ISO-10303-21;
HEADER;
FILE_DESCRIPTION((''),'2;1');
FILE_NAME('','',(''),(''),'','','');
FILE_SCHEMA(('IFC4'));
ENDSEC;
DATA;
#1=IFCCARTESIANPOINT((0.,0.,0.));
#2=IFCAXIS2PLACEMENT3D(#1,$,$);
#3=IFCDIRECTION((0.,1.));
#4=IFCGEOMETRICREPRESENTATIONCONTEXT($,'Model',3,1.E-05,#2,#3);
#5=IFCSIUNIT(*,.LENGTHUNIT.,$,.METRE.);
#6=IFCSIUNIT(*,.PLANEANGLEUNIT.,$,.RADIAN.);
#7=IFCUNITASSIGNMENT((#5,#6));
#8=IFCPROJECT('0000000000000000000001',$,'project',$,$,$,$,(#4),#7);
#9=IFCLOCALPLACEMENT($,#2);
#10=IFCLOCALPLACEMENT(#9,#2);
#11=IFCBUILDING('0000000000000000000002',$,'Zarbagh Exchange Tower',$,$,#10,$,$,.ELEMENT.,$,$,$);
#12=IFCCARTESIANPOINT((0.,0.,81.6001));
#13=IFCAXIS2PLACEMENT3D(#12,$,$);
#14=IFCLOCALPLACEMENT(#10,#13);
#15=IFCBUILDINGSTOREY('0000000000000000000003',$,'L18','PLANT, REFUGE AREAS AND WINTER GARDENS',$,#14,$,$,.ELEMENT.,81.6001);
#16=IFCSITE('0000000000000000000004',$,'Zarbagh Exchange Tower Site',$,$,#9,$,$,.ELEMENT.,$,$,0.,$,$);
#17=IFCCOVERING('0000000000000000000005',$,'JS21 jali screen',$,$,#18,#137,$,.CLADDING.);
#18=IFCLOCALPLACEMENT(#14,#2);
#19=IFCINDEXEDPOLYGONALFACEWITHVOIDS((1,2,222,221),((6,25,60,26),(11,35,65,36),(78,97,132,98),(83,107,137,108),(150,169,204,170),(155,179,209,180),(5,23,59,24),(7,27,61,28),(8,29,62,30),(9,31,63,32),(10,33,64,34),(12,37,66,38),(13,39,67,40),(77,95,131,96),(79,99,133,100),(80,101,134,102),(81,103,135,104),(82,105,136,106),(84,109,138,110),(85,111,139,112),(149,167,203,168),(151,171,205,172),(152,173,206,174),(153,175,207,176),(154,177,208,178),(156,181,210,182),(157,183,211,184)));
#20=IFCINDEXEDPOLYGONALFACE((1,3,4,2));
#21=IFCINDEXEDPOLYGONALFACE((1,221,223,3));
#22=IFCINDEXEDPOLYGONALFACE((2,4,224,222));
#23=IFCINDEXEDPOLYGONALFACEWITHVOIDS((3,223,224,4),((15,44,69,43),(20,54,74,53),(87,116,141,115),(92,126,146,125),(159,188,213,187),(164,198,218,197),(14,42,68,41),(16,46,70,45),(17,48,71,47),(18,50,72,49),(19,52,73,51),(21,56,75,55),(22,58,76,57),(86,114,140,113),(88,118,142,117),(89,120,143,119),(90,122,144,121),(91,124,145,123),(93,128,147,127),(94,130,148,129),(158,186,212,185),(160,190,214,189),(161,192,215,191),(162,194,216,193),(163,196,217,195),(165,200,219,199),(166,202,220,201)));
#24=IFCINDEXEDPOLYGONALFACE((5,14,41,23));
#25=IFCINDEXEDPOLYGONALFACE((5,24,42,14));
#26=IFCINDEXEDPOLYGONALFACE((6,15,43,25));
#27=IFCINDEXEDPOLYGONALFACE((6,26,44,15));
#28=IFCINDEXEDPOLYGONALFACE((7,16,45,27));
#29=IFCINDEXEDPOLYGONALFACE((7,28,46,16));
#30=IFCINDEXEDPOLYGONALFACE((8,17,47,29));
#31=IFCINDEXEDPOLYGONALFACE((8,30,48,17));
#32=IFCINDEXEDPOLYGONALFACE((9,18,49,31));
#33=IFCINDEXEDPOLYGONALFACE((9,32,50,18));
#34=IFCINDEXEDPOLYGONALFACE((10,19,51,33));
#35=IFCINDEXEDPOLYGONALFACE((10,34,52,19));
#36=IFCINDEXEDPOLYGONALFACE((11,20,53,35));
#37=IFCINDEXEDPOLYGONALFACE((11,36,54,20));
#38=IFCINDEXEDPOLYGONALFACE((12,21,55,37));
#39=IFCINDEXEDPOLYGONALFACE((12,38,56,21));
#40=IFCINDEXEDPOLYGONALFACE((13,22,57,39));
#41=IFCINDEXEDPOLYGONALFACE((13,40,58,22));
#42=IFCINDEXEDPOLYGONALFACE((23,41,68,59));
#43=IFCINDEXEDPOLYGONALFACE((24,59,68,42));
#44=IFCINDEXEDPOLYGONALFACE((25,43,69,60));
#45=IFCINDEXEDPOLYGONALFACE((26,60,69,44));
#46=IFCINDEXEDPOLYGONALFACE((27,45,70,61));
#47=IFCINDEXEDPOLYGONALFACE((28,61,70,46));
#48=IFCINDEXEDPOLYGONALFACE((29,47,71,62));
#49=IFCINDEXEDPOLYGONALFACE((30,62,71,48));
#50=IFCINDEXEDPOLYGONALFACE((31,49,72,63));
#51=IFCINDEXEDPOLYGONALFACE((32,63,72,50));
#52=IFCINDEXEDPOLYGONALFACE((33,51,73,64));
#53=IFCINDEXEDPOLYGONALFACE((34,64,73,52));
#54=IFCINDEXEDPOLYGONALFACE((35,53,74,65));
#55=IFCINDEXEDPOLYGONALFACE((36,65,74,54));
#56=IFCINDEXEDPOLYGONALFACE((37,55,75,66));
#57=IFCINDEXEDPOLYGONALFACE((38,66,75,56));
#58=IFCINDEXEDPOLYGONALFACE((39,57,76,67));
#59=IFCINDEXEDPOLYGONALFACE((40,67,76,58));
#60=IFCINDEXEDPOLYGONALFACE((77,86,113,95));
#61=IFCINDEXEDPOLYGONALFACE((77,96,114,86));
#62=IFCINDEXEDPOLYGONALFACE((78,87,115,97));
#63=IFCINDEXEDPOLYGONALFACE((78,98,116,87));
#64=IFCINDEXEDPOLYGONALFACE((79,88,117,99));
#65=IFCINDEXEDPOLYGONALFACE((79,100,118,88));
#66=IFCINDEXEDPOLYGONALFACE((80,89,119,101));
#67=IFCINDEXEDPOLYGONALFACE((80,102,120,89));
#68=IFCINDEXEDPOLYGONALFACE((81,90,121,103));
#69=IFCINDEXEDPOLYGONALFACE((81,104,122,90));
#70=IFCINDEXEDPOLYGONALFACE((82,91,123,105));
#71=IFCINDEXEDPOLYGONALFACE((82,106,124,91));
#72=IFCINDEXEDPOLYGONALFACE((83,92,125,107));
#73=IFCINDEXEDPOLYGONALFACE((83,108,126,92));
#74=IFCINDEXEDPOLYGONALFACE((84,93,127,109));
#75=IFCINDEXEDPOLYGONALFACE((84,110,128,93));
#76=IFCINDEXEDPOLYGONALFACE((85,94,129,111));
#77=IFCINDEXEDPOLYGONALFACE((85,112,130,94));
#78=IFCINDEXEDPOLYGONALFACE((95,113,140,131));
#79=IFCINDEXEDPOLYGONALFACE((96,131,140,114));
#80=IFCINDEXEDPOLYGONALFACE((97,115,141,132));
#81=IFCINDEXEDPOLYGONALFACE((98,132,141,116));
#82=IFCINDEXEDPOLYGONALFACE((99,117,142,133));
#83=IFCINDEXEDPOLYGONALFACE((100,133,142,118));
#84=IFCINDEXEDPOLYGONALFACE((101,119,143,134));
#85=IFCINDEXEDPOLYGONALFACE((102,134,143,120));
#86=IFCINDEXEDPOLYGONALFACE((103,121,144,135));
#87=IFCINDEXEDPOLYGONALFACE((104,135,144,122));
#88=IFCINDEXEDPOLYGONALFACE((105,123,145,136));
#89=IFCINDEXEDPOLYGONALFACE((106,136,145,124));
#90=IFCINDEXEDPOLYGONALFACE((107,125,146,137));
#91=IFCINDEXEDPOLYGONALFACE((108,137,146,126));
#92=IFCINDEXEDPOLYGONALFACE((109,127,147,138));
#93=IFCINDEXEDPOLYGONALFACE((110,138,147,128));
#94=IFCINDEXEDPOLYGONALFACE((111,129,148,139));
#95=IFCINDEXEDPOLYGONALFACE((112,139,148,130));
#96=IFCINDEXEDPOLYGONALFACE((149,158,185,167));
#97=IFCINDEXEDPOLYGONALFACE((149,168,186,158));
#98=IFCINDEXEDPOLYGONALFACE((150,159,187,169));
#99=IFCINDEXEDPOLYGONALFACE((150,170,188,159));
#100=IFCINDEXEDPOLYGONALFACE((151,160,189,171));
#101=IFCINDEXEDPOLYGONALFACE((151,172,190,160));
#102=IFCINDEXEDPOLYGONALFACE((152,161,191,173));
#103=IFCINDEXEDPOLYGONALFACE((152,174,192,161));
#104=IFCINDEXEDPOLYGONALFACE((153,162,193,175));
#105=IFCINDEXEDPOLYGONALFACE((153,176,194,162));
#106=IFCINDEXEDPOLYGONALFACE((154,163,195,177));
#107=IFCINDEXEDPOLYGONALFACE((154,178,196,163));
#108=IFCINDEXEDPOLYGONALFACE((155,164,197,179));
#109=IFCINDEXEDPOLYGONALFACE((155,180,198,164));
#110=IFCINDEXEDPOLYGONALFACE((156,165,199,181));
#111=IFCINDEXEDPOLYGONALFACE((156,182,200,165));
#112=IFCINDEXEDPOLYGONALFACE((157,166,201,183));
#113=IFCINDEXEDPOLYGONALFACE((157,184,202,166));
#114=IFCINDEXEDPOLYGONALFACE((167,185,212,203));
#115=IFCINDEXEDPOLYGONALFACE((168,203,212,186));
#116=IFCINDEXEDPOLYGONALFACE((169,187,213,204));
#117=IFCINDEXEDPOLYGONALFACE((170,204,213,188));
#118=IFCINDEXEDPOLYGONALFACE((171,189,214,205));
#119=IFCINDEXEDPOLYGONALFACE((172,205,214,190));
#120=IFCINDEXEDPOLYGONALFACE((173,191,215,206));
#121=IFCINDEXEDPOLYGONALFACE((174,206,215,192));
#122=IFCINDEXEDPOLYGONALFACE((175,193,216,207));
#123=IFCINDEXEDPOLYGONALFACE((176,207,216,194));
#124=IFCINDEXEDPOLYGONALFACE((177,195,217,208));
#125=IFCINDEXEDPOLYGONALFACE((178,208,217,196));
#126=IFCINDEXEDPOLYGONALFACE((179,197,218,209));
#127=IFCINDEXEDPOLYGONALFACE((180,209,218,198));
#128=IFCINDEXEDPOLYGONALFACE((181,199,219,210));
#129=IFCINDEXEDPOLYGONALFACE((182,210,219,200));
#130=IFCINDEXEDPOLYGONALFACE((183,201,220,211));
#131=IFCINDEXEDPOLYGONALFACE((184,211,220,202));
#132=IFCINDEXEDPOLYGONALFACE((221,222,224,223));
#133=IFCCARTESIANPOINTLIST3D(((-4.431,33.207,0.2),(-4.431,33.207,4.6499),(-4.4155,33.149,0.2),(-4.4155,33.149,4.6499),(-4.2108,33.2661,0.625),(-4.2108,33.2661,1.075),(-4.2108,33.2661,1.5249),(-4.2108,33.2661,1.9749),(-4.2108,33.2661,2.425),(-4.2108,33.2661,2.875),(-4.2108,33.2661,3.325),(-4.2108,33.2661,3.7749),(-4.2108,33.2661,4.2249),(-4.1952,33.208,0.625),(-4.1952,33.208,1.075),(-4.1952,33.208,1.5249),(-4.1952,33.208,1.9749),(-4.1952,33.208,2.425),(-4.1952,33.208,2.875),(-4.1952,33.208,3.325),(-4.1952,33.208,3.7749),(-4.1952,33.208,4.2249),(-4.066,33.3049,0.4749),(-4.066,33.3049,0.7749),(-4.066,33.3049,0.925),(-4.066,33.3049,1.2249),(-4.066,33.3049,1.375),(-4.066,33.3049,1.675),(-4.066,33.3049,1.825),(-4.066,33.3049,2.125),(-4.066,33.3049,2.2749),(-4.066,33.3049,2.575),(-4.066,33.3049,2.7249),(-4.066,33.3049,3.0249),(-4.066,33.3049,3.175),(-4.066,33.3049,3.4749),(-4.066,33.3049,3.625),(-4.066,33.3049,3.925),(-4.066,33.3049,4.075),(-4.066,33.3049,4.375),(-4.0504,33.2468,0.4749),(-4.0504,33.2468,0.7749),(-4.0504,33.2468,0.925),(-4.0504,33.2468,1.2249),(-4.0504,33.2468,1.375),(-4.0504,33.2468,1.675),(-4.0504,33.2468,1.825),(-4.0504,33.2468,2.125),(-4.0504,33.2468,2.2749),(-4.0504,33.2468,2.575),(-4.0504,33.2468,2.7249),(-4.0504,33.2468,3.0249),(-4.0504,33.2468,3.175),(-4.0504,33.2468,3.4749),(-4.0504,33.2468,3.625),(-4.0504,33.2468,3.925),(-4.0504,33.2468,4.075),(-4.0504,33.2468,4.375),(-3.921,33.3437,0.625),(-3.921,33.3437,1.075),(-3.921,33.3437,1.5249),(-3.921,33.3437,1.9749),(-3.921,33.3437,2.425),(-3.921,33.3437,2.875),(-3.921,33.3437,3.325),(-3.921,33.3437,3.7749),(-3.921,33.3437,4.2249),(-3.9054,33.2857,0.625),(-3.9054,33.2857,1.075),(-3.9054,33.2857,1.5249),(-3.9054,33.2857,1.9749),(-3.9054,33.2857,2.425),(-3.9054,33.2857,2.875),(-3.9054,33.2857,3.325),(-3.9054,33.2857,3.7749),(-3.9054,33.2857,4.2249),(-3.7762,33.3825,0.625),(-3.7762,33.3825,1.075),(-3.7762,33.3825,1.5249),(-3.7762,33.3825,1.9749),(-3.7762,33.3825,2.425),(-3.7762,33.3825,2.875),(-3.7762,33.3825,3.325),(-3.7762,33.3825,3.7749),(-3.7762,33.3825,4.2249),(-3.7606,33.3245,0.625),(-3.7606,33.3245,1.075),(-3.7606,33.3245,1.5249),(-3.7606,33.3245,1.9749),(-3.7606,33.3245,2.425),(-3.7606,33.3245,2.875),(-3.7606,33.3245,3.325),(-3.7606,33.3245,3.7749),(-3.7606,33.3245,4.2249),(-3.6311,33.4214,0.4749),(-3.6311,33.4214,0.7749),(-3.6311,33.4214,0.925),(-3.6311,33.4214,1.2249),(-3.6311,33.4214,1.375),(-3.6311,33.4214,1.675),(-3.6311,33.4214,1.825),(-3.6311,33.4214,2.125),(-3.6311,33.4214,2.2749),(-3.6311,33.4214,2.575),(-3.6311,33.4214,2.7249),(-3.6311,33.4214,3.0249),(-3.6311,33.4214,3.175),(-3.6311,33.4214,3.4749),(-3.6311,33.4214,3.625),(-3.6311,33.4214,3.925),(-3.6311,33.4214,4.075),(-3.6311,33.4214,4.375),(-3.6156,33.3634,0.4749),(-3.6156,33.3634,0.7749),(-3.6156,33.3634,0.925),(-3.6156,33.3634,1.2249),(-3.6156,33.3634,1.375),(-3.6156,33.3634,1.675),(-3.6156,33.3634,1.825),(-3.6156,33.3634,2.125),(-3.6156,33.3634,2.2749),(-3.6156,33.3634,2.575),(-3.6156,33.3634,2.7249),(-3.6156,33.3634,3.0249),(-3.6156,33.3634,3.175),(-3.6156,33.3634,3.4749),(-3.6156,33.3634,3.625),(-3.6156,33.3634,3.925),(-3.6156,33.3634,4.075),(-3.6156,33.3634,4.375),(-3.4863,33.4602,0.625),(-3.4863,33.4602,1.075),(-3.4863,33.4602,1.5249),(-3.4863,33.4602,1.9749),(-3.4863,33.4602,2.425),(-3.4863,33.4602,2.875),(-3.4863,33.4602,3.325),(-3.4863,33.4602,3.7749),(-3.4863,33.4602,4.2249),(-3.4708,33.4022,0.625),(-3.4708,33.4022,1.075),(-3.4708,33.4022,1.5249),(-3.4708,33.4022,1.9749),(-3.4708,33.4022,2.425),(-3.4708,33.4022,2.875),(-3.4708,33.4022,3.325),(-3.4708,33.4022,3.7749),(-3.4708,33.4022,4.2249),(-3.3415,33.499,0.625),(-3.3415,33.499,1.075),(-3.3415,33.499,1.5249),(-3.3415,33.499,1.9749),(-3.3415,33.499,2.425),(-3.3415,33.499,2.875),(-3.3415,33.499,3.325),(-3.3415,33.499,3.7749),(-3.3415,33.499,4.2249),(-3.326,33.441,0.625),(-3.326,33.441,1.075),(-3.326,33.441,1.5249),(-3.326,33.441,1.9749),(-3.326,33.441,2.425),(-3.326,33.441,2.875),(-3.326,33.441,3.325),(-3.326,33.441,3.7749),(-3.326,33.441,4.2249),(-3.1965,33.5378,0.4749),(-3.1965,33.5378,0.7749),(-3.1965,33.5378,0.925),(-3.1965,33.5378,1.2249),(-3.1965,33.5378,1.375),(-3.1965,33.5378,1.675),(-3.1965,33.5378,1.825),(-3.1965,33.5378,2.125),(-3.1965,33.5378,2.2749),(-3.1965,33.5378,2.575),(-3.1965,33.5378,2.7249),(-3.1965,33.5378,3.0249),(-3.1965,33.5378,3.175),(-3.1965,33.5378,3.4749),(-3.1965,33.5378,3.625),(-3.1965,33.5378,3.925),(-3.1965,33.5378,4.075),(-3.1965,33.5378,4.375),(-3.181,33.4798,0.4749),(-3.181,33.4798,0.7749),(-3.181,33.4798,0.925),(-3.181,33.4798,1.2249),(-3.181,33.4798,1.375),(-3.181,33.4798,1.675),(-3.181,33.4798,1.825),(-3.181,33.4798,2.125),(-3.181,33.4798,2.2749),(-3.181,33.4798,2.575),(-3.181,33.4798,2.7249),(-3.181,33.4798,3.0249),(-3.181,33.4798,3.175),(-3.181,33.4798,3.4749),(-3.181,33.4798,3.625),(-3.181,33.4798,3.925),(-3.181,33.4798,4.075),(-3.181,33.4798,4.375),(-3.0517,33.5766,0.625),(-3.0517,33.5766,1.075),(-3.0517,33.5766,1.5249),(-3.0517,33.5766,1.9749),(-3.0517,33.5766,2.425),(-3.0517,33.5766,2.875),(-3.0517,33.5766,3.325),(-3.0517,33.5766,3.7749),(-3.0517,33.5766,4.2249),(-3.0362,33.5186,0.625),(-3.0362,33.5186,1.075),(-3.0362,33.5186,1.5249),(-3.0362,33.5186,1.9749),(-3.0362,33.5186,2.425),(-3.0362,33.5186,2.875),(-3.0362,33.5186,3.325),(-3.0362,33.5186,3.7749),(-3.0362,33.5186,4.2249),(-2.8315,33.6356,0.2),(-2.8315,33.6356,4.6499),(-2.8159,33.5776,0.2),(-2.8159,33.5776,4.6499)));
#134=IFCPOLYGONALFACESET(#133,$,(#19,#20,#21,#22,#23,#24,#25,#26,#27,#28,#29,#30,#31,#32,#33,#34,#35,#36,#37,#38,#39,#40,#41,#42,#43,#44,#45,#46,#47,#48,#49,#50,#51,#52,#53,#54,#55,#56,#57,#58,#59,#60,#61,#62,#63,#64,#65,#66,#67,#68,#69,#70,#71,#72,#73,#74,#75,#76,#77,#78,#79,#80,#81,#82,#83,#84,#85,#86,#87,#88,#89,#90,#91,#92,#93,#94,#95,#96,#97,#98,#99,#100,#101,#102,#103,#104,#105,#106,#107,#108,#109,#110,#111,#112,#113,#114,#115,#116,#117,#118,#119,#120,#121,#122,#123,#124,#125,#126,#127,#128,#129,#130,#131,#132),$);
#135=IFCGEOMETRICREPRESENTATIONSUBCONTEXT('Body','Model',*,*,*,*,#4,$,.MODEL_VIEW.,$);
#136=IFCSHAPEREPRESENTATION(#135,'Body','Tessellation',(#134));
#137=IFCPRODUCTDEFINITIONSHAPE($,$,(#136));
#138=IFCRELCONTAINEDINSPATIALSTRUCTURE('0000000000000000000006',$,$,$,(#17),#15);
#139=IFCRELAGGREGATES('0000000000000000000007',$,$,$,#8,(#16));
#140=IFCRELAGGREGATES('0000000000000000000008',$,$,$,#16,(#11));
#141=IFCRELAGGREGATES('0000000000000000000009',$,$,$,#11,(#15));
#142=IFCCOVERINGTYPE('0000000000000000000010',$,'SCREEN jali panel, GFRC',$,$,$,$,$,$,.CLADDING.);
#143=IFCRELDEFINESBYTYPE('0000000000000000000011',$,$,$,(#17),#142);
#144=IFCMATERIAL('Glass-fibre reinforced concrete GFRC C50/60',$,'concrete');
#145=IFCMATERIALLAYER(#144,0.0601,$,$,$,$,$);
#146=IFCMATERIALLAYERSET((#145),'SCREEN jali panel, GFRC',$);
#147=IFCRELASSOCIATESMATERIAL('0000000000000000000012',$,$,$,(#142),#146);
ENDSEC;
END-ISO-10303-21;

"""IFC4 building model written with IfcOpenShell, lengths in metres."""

from ifc_helpers import new_model, si_unit, direction, frame, origin, place, context, subcontext, project, spatial, polyline, outline, extrude, source, transform, mapped, material, layer, layer_set, type_object, element, save


model = new_model("IFC4")

# Units and contexts
model_context = context("Model", 3, precision=1e-05, world=origin(), true_north=direction((0.0, 1.0)))
body_context = subcontext(model_context, "Body", "Model", "MODEL_VIEW")
ifc_project = project(units=[si_unit("LENGTHUNIT", "METRE"), si_unit("PLANEANGLEUNIT", "RADIAN")], contexts=[model_context])

# Site, building, storey
site_placement = place(None, origin())
site = spatial("IfcSite", under=ifc_project, at=site_placement, Name="Zarbagh Exchange Tower Site", CompositionType="ELEMENT", RefElevation=0.0)
building_placement = place(site_placement, origin())
building = spatial("IfcBuilding", under=site, at=building_placement, Name="Zarbagh Exchange Tower", CompositionType="ELEMENT")
storey_placement = place(building_placement, frame((0.0, 0.0, 81.6001)))
storey = spatial("IfcBuildingStorey", under=building, at=storey_placement, Name="L18", Description="PLANT, REFUGE AREAS AND WINTER GARDENS", CompositionType="ELEMENT", Elevation=81.6001)

# Covering
ifc_material_1 = material(Name="Glass-fibre reinforced concrete GFRC C50/60", Category="concrete")
ifc_layer_1 = layer(ifc_material_1, 0.0601)
ifc_layer_set_1 = layer_set([ifc_layer_1], Name="SCREEN jali panel, GFRC")
covering_type = type_object("IfcCoveringType", Name="SCREEN jali panel, GFRC", PredefinedType="CLADDING", material=ifc_layer_set_1)
shared_shape_1 = source(origin(), body_context, "Body", "SweptSolid", [
    extrude(outline(polyline([(0.0, 0.0), (1.656, 0.0), (1.656, 4.45), (0.0, 4.45), (0.0, 0.0)]), holes=[polyline([(0.228, 0.425), (0.3779, 0.2749), (0.5281, 0.425), (0.3779, 0.575), (0.228, 0.425)]), polyline([(0.228, 0.875), (0.3779, 0.7251), (0.5281, 0.875), (0.3779, 1.0249), (0.228, 0.875)]), polyline([(0.228, 1.325), (0.3779, 1.175), (0.5281, 1.325), (0.3779, 1.4751), (0.228, 1.325)]), polyline([(0.228, 1.7749), (0.3779, 1.625), (0.5281, 1.7749), (0.3779, 1.925), (0.228, 1.7749)]), polyline([(0.228, 2.2251), (0.3779, 2.075), (0.5281, 2.2251), (0.3779, 2.375), (0.228, 2.2251)]), polyline([(0.228, 2.675), (0.3779, 2.5249), (0.5281, 2.675), (0.3779, 2.825), (0.228, 2.675)]), polyline([(0.228, 3.125), (0.3779, 2.9751), (0.5281, 3.125), (0.3779, 3.2749), (0.228, 3.125)]), polyline([(0.228, 3.575), (0.3779, 3.425), (0.5281, 3.575), (0.3779, 3.7251), (0.228, 3.575)]), polyline([(0.228, 4.0249), (0.3779, 3.875), (0.5281, 4.0249), (0.3779, 4.175), (0.228, 4.0249)]), polyline([(0.678, 0.425), (0.8279, 0.2749), (0.978, 0.425), (0.8279, 0.575), (0.678, 0.425)]), polyline([(0.678, 0.875), (0.8279, 0.7251), (0.978, 0.875), (0.8279, 1.0249), (0.678, 0.875)]), polyline([(0.678, 1.325), (0.8279, 1.175), (0.978, 1.325), (0.8279, 1.4751), (0.678, 1.325)]), polyline([(0.678, 1.7749), (0.8279, 1.625), (0.978, 1.7749), (0.8279, 1.925), (0.678, 1.7749)]), polyline([(0.678, 2.2251), (0.8279, 2.075), (0.978, 2.2251), (0.8279, 2.375), (0.678, 2.2251)]), polyline([(0.678, 2.675), (0.8279, 2.5249), (0.978, 2.675), (0.8279, 2.825), (0.678, 2.675)]), polyline([(0.678, 3.125), (0.8279, 2.9751), (0.978, 3.125), (0.8279, 3.2749), (0.678, 3.125)]), polyline([(0.678, 3.575), (0.8279, 3.425), (0.978, 3.575), (0.8279, 3.7251), (0.678, 3.575)]), polyline([(0.678, 4.0249), (0.8279, 3.875), (0.978, 4.0249), (0.8279, 4.175), (0.678, 4.0249)]), polyline([(1.1279, 0.425), (1.2781, 0.2749), (1.428, 0.425), (1.2781, 0.575), (1.1279, 0.425)]), polyline([(1.1279, 0.875), (1.2781, 0.7251), (1.428, 0.875), (1.2781, 1.0249), (1.1279, 0.875)]), polyline([(1.1279, 1.325), (1.2781, 1.175), (1.428, 1.325), (1.2781, 1.4751), (1.1279, 1.325)]), polyline([(1.1279, 1.7749), (1.2781, 1.625), (1.428, 1.7749), (1.2781, 1.925), (1.1279, 1.7749)]), polyline([(1.1279, 2.2251), (1.2781, 2.075), (1.428, 2.2251), (1.2781, 2.375), (1.1279, 2.2251)]), polyline([(1.1279, 2.675), (1.2781, 2.5249), (1.428, 2.675), (1.2781, 2.825), (1.1279, 2.675)]), polyline([(1.1279, 3.125), (1.2781, 2.9751), (1.428, 3.125), (1.2781, 3.2749), (1.1279, 3.125)]), polyline([(1.1279, 3.575), (1.2781, 3.425), (1.428, 3.575), (1.2781, 3.7251), (1.1279, 3.575)]), polyline([(1.1279, 4.0249), (1.2781, 3.875), (1.428, 4.0249), (1.2781, 4.175), (1.1279, 4.0249)])]), origin(), (0.0, 0.0, 1.0), 0.0601),
])
placement = place(storey_placement, origin())
element("IfcCovering", 1, at=placement, inside=storey, type_object=covering_type, Name="JS21 jali screen", PredefinedType="CLADDING", context=body_context, shape_type="MappedRepresentation", body=[
    mapped(shared_shape_1, transform((-2.8159, 33.5776, 0.2), x_axis=(-0.965924, -0.258825, 0.0), y_axis=(0.0, 0.0, 1.0), z_axis=(-0.258825, 0.965924, 0.0))),
])

save(model, "model.ifc")
